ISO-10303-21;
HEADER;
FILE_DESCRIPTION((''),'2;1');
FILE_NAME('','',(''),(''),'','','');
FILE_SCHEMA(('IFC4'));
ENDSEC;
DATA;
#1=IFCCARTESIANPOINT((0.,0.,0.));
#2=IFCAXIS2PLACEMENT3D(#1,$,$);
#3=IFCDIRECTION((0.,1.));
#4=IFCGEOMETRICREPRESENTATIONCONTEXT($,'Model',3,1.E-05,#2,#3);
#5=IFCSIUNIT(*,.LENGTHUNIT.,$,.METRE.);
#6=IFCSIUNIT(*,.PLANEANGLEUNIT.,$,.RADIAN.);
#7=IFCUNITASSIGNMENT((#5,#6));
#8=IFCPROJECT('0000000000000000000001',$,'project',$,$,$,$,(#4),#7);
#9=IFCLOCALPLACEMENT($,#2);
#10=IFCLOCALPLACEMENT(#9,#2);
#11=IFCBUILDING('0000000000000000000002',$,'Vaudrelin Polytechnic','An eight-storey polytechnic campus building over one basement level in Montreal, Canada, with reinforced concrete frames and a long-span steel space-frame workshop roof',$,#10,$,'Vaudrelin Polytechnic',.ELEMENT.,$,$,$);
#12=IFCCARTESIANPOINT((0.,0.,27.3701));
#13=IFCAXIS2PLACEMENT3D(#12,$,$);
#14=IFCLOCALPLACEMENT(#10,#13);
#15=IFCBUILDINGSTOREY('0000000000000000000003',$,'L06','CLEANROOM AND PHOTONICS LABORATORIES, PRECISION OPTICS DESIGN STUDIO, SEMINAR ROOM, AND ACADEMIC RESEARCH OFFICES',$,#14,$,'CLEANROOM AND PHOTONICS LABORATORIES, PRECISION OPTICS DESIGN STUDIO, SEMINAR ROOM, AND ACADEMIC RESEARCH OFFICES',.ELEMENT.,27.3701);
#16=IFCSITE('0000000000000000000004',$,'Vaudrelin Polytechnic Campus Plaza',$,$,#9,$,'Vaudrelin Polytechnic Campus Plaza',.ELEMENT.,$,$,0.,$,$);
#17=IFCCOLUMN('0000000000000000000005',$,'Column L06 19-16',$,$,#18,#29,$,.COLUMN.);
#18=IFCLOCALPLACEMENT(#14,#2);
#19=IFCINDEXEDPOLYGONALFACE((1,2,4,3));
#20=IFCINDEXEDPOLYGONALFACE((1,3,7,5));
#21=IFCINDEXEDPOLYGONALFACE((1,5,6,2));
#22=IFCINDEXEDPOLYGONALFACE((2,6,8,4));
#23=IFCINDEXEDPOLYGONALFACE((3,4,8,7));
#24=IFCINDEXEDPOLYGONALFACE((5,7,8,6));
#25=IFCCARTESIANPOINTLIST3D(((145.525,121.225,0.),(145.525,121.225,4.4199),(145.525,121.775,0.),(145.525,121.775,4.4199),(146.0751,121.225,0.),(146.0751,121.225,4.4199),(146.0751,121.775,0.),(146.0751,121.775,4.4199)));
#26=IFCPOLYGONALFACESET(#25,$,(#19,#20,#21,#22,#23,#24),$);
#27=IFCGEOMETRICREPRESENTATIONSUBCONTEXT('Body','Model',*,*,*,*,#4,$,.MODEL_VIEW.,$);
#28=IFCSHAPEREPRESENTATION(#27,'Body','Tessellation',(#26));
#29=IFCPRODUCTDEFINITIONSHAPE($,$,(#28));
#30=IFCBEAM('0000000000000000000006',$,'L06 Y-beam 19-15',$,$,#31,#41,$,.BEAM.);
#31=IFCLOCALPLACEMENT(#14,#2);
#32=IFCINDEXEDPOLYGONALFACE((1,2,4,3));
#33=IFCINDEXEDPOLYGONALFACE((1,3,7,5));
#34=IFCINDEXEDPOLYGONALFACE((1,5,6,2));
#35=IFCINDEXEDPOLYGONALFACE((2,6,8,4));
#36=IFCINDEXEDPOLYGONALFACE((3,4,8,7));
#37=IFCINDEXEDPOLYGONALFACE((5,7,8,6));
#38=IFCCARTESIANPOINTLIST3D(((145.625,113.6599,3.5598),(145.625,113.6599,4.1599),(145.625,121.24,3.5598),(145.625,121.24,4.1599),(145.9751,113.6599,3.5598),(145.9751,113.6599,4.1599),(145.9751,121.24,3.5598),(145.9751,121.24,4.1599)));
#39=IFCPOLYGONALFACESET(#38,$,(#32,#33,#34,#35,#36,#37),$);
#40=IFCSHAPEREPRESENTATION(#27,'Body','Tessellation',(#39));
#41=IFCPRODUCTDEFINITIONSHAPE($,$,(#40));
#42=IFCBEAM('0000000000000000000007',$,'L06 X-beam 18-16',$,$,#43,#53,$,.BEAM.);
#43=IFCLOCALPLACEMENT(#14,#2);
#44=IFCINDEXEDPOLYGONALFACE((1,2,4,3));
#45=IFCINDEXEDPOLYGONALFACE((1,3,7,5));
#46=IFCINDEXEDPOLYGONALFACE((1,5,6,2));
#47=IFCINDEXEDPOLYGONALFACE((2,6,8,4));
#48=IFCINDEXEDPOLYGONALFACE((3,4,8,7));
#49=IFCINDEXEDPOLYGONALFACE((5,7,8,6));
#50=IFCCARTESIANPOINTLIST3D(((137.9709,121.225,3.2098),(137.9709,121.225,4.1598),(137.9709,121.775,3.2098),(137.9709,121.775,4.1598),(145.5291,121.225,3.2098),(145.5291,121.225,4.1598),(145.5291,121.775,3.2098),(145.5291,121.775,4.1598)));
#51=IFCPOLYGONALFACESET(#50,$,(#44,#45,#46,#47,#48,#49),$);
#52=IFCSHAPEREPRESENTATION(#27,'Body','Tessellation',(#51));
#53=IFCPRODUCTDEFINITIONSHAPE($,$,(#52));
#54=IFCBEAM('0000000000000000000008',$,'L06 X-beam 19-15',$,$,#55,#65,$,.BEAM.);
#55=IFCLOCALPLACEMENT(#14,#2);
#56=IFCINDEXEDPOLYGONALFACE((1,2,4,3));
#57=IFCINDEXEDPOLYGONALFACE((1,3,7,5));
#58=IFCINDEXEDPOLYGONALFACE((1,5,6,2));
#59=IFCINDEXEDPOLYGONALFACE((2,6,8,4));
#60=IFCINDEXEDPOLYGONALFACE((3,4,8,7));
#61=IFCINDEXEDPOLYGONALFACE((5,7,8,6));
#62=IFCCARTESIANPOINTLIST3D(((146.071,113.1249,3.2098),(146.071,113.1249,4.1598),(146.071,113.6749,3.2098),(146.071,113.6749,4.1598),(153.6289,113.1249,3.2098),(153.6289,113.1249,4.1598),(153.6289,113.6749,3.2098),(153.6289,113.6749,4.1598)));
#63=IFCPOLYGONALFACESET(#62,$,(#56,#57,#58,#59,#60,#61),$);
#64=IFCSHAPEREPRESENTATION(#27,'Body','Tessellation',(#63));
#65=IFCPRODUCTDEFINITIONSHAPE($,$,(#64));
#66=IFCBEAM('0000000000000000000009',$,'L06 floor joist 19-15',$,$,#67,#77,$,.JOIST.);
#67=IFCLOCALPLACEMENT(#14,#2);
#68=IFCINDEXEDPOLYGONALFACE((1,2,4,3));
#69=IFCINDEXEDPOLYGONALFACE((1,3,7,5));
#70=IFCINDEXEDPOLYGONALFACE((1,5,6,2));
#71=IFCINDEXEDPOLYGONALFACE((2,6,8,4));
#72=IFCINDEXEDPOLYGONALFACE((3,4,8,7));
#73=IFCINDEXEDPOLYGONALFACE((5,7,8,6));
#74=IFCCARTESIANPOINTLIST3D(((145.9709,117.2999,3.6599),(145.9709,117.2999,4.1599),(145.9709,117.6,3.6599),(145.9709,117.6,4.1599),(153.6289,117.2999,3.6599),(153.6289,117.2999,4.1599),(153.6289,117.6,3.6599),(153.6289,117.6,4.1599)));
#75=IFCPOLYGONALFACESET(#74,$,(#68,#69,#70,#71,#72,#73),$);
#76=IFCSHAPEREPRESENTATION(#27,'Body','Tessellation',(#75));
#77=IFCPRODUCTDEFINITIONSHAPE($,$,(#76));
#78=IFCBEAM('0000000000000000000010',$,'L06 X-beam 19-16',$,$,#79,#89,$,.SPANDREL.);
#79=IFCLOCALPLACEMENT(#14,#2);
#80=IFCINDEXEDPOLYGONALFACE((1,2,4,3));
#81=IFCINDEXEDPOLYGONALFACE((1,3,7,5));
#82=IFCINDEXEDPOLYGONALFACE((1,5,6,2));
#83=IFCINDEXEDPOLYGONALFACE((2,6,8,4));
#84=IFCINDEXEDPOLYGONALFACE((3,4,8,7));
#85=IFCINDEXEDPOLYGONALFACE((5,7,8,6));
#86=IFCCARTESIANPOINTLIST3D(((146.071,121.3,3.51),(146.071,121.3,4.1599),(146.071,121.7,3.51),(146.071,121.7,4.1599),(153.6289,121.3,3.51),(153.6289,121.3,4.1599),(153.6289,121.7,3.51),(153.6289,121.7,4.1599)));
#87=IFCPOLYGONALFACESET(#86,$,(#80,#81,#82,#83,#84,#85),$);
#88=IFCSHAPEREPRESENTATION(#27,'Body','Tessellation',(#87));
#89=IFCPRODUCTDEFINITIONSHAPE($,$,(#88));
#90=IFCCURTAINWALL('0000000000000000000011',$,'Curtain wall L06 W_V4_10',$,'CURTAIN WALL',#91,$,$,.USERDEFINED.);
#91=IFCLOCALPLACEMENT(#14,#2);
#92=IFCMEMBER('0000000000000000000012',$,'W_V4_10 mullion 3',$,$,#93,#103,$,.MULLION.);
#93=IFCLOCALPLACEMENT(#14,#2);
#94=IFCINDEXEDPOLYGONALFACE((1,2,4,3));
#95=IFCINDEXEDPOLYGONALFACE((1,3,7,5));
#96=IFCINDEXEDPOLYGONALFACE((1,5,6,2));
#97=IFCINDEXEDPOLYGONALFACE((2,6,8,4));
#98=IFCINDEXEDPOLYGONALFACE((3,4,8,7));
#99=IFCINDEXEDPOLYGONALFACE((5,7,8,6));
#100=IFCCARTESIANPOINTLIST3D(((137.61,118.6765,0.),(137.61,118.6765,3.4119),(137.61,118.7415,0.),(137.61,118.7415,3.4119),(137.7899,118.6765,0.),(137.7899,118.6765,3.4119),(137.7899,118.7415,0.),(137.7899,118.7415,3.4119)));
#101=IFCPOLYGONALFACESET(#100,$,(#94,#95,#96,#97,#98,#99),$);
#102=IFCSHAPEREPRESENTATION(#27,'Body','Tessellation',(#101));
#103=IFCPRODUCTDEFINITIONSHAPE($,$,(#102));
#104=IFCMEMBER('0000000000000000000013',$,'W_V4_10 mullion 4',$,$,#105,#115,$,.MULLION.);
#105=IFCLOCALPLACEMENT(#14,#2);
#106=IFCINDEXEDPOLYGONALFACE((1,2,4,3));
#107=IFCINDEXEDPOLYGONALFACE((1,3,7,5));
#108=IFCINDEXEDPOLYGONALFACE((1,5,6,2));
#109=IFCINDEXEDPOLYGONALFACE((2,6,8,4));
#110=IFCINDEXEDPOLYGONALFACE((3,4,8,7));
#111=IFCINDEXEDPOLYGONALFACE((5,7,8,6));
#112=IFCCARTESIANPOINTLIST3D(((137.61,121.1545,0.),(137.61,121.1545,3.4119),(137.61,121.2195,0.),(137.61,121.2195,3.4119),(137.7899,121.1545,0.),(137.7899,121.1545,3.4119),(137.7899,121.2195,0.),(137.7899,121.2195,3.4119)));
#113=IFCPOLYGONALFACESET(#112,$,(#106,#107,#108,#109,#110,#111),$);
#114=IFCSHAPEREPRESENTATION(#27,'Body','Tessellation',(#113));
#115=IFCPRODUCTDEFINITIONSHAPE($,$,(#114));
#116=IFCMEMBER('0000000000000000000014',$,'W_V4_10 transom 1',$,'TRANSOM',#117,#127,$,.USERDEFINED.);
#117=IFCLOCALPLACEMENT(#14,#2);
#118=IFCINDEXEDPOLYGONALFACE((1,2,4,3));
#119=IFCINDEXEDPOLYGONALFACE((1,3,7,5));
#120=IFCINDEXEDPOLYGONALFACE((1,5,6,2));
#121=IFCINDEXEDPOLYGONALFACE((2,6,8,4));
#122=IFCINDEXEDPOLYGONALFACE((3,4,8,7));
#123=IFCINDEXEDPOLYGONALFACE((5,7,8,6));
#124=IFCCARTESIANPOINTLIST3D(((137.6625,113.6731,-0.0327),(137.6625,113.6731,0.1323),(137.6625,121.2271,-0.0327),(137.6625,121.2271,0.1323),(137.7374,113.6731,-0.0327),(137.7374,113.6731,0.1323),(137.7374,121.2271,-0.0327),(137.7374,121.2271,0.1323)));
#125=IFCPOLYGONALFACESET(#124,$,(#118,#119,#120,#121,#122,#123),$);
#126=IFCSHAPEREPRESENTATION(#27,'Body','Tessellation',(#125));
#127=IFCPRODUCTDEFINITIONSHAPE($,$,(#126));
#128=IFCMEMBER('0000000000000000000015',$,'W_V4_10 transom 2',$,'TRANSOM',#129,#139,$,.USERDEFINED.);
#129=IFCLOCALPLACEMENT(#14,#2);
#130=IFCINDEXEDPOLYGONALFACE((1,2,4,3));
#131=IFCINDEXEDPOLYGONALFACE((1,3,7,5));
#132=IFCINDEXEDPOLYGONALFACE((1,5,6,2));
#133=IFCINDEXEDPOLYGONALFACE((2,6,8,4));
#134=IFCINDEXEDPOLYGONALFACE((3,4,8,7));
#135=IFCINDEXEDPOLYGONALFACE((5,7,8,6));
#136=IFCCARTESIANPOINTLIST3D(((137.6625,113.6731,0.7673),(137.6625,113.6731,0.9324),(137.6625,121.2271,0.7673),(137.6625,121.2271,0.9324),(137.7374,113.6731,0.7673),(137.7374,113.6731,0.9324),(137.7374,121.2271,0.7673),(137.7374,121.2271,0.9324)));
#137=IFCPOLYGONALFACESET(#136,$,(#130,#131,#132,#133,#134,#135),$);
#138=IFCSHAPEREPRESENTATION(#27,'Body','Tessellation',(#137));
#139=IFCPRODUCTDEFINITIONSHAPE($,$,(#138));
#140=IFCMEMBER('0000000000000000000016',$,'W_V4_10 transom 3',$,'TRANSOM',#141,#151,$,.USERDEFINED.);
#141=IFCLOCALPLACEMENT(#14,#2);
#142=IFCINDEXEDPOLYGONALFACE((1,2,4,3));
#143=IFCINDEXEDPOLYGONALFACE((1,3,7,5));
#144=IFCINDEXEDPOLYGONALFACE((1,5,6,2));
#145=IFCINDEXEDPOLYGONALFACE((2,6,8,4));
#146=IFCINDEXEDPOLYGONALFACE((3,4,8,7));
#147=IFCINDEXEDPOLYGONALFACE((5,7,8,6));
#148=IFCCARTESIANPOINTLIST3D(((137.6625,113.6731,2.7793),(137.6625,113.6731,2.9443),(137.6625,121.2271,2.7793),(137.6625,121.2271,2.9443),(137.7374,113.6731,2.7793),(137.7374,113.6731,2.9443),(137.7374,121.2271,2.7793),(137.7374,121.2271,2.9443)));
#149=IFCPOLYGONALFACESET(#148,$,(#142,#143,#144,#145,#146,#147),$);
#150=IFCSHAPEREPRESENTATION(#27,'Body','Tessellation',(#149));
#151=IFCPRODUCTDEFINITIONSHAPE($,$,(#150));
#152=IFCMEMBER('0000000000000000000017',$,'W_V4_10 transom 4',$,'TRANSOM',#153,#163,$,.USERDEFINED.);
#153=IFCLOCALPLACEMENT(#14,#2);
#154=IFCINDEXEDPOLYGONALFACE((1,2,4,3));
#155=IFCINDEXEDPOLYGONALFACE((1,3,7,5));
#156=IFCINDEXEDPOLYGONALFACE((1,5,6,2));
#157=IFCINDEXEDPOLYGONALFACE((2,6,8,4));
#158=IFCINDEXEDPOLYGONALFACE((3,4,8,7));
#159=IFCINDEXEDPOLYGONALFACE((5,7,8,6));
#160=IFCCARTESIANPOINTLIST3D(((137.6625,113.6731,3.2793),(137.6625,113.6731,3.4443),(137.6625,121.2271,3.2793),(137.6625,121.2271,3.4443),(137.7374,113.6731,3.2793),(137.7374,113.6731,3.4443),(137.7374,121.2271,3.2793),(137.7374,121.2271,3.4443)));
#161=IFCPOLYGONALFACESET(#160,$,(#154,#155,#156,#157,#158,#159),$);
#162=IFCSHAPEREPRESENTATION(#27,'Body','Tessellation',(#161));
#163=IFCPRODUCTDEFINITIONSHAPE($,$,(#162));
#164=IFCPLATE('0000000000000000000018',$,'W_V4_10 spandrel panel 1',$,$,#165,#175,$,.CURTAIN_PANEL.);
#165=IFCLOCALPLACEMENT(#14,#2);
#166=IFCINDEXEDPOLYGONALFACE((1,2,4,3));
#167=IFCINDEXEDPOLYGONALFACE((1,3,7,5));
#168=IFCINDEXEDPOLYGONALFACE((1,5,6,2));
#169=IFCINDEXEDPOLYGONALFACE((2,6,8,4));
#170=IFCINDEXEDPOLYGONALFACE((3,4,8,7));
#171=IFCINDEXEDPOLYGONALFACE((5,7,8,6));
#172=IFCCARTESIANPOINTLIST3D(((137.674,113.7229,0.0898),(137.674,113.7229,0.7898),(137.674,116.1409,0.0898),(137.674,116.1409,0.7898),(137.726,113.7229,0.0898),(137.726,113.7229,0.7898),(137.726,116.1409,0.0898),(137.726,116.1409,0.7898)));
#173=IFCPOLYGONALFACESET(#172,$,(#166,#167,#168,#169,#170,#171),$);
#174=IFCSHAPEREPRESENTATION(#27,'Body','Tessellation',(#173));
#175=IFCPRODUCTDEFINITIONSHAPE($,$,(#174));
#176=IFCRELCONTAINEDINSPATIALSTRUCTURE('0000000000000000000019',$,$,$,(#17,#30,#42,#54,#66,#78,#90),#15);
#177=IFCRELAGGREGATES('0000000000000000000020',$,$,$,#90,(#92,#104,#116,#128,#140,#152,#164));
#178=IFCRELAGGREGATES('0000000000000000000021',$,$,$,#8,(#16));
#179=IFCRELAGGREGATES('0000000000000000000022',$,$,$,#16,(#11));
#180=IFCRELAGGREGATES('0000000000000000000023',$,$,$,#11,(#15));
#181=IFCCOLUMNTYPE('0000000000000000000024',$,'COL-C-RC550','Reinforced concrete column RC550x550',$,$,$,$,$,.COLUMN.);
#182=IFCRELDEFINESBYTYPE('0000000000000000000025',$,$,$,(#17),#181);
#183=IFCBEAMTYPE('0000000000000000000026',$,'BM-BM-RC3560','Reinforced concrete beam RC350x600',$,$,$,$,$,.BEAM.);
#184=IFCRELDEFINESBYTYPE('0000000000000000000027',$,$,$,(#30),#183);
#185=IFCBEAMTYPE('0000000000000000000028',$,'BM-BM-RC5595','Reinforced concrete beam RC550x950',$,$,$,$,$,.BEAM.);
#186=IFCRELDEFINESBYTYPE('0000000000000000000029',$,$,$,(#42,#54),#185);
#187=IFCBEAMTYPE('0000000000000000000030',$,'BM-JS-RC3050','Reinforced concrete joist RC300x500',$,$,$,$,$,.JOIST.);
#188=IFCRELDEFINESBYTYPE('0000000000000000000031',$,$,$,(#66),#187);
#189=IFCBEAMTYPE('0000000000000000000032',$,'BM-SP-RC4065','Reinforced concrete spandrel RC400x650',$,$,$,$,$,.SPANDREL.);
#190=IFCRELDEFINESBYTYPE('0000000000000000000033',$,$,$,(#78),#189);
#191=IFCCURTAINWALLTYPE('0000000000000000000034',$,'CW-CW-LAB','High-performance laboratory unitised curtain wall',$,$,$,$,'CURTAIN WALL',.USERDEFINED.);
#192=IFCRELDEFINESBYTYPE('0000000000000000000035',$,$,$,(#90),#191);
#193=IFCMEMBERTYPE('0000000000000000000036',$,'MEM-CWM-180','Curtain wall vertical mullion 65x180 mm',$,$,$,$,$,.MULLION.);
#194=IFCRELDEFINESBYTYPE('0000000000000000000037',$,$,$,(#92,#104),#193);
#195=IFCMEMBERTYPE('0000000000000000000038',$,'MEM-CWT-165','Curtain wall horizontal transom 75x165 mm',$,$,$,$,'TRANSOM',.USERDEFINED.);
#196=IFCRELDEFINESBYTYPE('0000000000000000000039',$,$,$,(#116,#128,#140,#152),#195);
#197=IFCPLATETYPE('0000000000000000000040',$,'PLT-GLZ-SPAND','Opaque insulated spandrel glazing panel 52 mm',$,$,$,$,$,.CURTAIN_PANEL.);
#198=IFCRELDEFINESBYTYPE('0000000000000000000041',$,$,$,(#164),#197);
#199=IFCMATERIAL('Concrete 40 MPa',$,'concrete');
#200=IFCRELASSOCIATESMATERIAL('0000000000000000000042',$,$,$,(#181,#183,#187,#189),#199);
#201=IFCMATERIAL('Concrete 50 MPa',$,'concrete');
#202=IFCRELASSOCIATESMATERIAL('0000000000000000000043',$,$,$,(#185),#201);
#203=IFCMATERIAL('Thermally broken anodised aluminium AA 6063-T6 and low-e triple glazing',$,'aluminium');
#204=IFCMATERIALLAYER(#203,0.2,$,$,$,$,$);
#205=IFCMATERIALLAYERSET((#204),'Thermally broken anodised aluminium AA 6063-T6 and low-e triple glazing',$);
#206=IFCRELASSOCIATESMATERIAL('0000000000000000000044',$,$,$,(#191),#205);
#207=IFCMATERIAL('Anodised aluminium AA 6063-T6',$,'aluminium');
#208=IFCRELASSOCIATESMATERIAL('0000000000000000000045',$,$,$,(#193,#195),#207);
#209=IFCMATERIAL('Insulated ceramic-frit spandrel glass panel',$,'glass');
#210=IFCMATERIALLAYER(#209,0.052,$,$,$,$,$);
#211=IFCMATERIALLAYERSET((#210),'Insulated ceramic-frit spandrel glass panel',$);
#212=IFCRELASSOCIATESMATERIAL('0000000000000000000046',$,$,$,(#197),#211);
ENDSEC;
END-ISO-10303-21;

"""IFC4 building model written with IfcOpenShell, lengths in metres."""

from ifc_helpers import new_model, si_unit, direction, frame, origin, origin_2d, place, context, subcontext, project, spatial, rectangle, extrude, material, layer, layer_set, material_profile, profile_set, type_object, element, aggregate, save


model = new_model("IFC4")

# Units and contexts
model_context = context("Model", 3, precision=1e-05, world=origin(), true_north=direction((0.0, 1.0)))
body_context = subcontext(model_context, "Body", "Model", "MODEL_VIEW")
ifc_project = project(units=[si_unit("LENGTHUNIT", "METRE"), si_unit("PLANEANGLEUNIT", "RADIAN")], contexts=[model_context])

# Site, building, storey
site_placement = place(None, origin())
site = spatial("IfcSite", under=ifc_project, at=site_placement, Name="Vaudrelin Polytechnic Campus Plaza", LongName="Vaudrelin Polytechnic Campus Plaza", CompositionType="ELEMENT", RefElevation=0.0)
building_placement = place(site_placement, origin())
building = spatial("IfcBuilding", under=site, at=building_placement, Name="Vaudrelin Polytechnic", Description="An eight-storey polytechnic campus building over one basement level in Montreal, Canada, with reinforced concrete frames and a long-span steel space-frame workshop roof", LongName="Vaudrelin Polytechnic", CompositionType="ELEMENT")
storey_placement = place(building_placement, frame((0.0, 0.0, 27.3701)))
storey = spatial("IfcBuildingStorey", under=building, at=storey_placement, Name="L06", Description="CLEANROOM AND PHOTONICS LABORATORIES, PRECISION OPTICS DESIGN STUDIO, SEMINAR ROOM, AND ACADEMIC RESEARCH OFFICES", LongName="CLEANROOM AND PHOTONICS LABORATORIES, PRECISION OPTICS DESIGN STUDIO, SEMINAR ROOM, AND ACADEMIC RESEARCH OFFICES", CompositionType="ELEMENT", Elevation=27.3701)

# Column
ifc_material_1 = material(Name="Concrete 40 MPa", Category="concrete")
ifc_material_profile_1 = material_profile(ifc_material_1, rectangle(XDim=0.55, YDim=0.55, at=origin_2d()), Name="RC550x550")
ifc_profile_set_1 = profile_set([ifc_material_profile_1], Name="Concrete 40 MPa")
column_type = type_object("IfcColumnType", Name="COL-C-RC550", Description="Reinforced concrete column RC550x550", PredefinedType="COLUMN", material=ifc_profile_set_1)
column_placement = place(storey_placement, frame((145.8, 121.5, 0.0), z_axis=(0.0, 0.0, 1.0), x_axis=(1.0, 0.0, 0.0)))
element("IfcColumn", 1, at=column_placement, inside=storey, type_object=column_type, Name="Column L06 19-16", PredefinedType="COLUMN", context=body_context, shape_type="SweptSolid", body=[
    extrude(rectangle(XDim=0.55, YDim=0.55, at=origin_2d()), origin(), (0.0, 0.0, 1.0), 4.4199),
])

# Beams
ifc_material_profile_2 = material_profile(ifc_material_1, rectangle(XDim=0.3501, YDim=0.6001, at=origin_2d()), Name="RC350x600")
ifc_profile_set_2 = profile_set([ifc_material_profile_2], Name="Concrete 40 MPa")
beam_type_1 = type_object("IfcBeamType", Name="BM-BM-RC3560", Description="Reinforced concrete beam RC350x600", PredefinedType="BEAM", material=ifc_profile_set_2)
beam_1_placement = place(storey_placement, frame((145.8, 113.6599, 3.8599), z_axis=(0.0, 1.0, 0.0), x_axis=(-1.0, 0.0, 0.0)))
element("IfcBeam", 2, at=beam_1_placement, inside=storey, type_object=beam_type_1, Name="L06 Y-beam 19-15", PredefinedType="BEAM", context=body_context, shape_type="SweptSolid", body=[
    extrude(rectangle(XDim=0.3501, YDim=0.6001, at=origin_2d()), origin(), (0.0, 0.0, 1.0), 7.5801),
])
ifc_material_2 = material(Name="Concrete 50 MPa", Category="concrete")
ifc_material_profile_3 = material_profile(ifc_material_2, rectangle(XDim=0.55, YDim=0.95, at=origin_2d()), Name="RC550x950")
ifc_profile_set_3 = profile_set([ifc_material_profile_3], Name="Concrete 50 MPa")
beam_type_2 = type_object("IfcBeamType", Name="BM-BM-RC5595", Description="Reinforced concrete beam RC550x950", PredefinedType="BEAM", material=ifc_profile_set_3)
beam_2_placement = place(storey_placement, frame((137.9709, 121.5, 3.6848), z_axis=(1.0, 0.0, 0.0), x_axis=(0.0, 1.0, 0.0)))
element("IfcBeam", 3, at=beam_2_placement, inside=storey, type_object=beam_type_2, Name="L06 X-beam 18-16", PredefinedType="BEAM", context=body_context, shape_type="SweptSolid", body=[
    extrude(rectangle(XDim=0.55, YDim=0.95, at=origin_2d()), origin(), (0.0, 0.0, 1.0), 7.5581),
])
beam_3_placement = place(storey_placement, frame((146.071, 113.3999, 3.6848), z_axis=(1.0, 0.0, 0.0), x_axis=(0.0, 1.0, 0.0)))
element("IfcBeam", 4, at=beam_3_placement, inside=storey, type_object=beam_type_2, Name="L06 X-beam 19-15", PredefinedType="BEAM", context=body_context, shape_type="SweptSolid", body=[
    extrude(rectangle(XDim=0.55, YDim=0.95, at=origin_2d()), origin(), (0.0, 0.0, 1.0), 7.5579),
])
ifc_material_profile_4 = material_profile(ifc_material_1, rectangle(XDim=0.3, YDim=0.5, at=origin_2d()), Name="RC300x500")
ifc_profile_set_4 = profile_set([ifc_material_profile_4], Name="Concrete 40 MPa")
beam_type_3 = type_object("IfcBeamType", Name="BM-JS-RC3050", Description="Reinforced concrete joist RC300x500", PredefinedType="JOIST", material=ifc_profile_set_4)
beam_4_placement = place(storey_placement, frame((145.9709, 117.45, 3.9099), z_axis=(1.0, 0.0, 0.0), x_axis=(0.0, 1.0, 0.0)))
element("IfcBeam", 5, at=beam_4_placement, inside=storey, type_object=beam_type_3, Name="L06 floor joist 19-15", PredefinedType="JOIST", context=body_context, shape_type="SweptSolid", body=[
    extrude(rectangle(XDim=0.3, YDim=0.5, at=origin_2d()), origin(), (0.0, 0.0, 1.0), 7.658),
])
ifc_material_profile_5 = material_profile(ifc_material_1, rectangle(XDim=0.3999, YDim=0.6499, at=origin_2d()), Name="RC400x650")
ifc_profile_set_5 = profile_set([ifc_material_profile_5], Name="Concrete 40 MPa")
beam_type_4 = type_object("IfcBeamType", Name="BM-SP-RC4065", Description="Reinforced concrete spandrel RC400x650", PredefinedType="SPANDREL", material=ifc_profile_set_5)
beam_5_placement = place(storey_placement, frame((146.071, 121.5, 3.835), z_axis=(1.0, 0.0, 0.0), x_axis=(0.0, 1.0, 0.0)))
element("IfcBeam", 6, at=beam_5_placement, inside=storey, type_object=beam_type_4, Name="L06 X-beam 19-16", PredefinedType="SPANDREL", context=body_context, shape_type="SweptSolid", body=[
    extrude(rectangle(XDim=0.3999, YDim=0.6499, at=origin_2d()), origin(), (0.0, 0.0, 1.0), 7.5579),
])

# Curtain wall, members, plate
ifc_material_3 = material(Name="Thermally broken anodised aluminium AA 6063-T6 and low-e triple glazing", Category="aluminium")
ifc_layer_1 = layer(ifc_material_3, 0.2)
ifc_layer_set_1 = layer_set([ifc_layer_1], Name="Thermally broken anodised aluminium AA 6063-T6 and low-e triple glazing")
curtain_wall_type = type_object("IfcCurtainWallType", Name="CW-CW-LAB", Description="High-performance laboratory unitised curtain wall", ElementType="CURTAIN WALL", PredefinedType="USERDEFINED", material=ifc_layer_set_1)
curtain_wall_placement = place(storey_placement, origin())
curtain_wall = element("IfcCurtainWall", 7, at=curtain_wall_placement, inside=storey, type_object=curtain_wall_type, Name="Curtain wall L06 W_V4_10", ObjectType="CURTAIN WALL", PredefinedType="USERDEFINED")
ifc_material_4 = material(Name="Anodised aluminium AA 6063-T6", Category="aluminium")
ifc_material_profile_6 = material_profile(ifc_material_4, rectangle(XDim=0.0649, YDim=0.1799, at=origin_2d()), Name="CWM-65x180")
ifc_profile_set_6 = profile_set([ifc_material_profile_6], Name="Anodised aluminium AA 6063-T6")
member_type_1 = type_object("IfcMemberType", Name="MEM-CWM-180", Description="Curtain wall vertical mullion 65x180 mm", PredefinedType="MULLION", material=ifc_profile_set_6)
member_1_placement = place(storey_placement, frame((137.7, 118.709, 0.0), z_axis=(0.0, 0.0, 1.0), x_axis=(0.0, 1.0, 0.0)))
member_1 = element("IfcMember", 8, at=member_1_placement, type_object=member_type_1, Name="W_V4_10 mullion 3", PredefinedType="MULLION", context=body_context, shape_type="SweptSolid", body=[
    extrude(rectangle(XDim=0.0649, YDim=0.1799, at=origin_2d()), origin(), (0.0, 0.0, 1.0), 3.4119),
])
member_2_placement = place(storey_placement, frame((137.7, 121.187, 0.0), z_axis=(0.0, 0.0, 1.0), x_axis=(0.0, 1.0, 0.0)))
member_2 = element("IfcMember", 9, at=member_2_placement, type_object=member_type_1, Name="W_V4_10 mullion 4", PredefinedType="MULLION", context=body_context, shape_type="SweptSolid", body=[
    extrude(rectangle(XDim=0.0649, YDim=0.1799, at=origin_2d()), origin(), (0.0, 0.0, 1.0), 3.4119),
])
ifc_material_profile_7 = material_profile(ifc_material_4, rectangle(XDim=0.075, YDim=0.165, at=origin_2d()), Name="CWT-75x165")
ifc_profile_set_7 = profile_set([ifc_material_profile_7], Name="Anodised aluminium AA 6063-T6")
member_type_2 = type_object("IfcMemberType", Name="MEM-CWT-165", Description="Curtain wall horizontal transom 75x165 mm", ElementType="TRANSOM", PredefinedType="USERDEFINED", material=ifc_profile_set_7)
member_3_placement = place(storey_placement, frame((137.7, 113.6731, 0.0498), z_axis=(0.0, 1.0, 0.0), x_axis=(-1.0, 0.0, 0.0)))
member_3 = element("IfcMember", 10, at=member_3_placement, type_object=member_type_2, Name="W_V4_10 transom 1", ObjectType="TRANSOM", PredefinedType="USERDEFINED", context=body_context, shape_type="SweptSolid", body=[
    extrude(rectangle(XDim=0.075, YDim=0.165, at=origin_2d()), origin(), (0.0, 0.0, 1.0), 7.554),
])
member_4_placement = place(storey_placement, frame((137.7, 113.6731, 0.8499), z_axis=(0.0, 1.0, 0.0), x_axis=(-1.0, 0.0, 0.0)))
member_4 = element("IfcMember", 11, at=member_4_placement, type_object=member_type_2, Name="W_V4_10 transom 2", ObjectType="TRANSOM", PredefinedType="USERDEFINED", context=body_context, shape_type="SweptSolid", body=[
    extrude(rectangle(XDim=0.075, YDim=0.165, at=origin_2d()), origin(), (0.0, 0.0, 1.0), 7.554),
])
member_5_placement = place(storey_placement, frame((137.7, 113.6731, 2.8618), z_axis=(0.0, 1.0, 0.0), x_axis=(-1.0, 0.0, 0.0)))
member_5 = element("IfcMember", 12, at=member_5_placement, type_object=member_type_2, Name="W_V4_10 transom 3", ObjectType="TRANSOM", PredefinedType="USERDEFINED", context=body_context, shape_type="SweptSolid", body=[
    extrude(rectangle(XDim=0.075, YDim=0.165, at=origin_2d()), origin(), (0.0, 0.0, 1.0), 7.554),
])
member_6_placement = place(storey_placement, frame((137.7, 113.6731, 3.3618), z_axis=(0.0, 1.0, 0.0), x_axis=(-1.0, 0.0, 0.0)))
member_6 = element("IfcMember", 13, at=member_6_placement, type_object=member_type_2, Name="W_V4_10 transom 4", ObjectType="TRANSOM", PredefinedType="USERDEFINED", context=body_context, shape_type="SweptSolid", body=[
    extrude(rectangle(XDim=0.075, YDim=0.165, at=origin_2d()), origin(), (0.0, 0.0, 1.0), 7.554),
])
ifc_material_5 = material(Name="Insulated ceramic-frit spandrel glass panel", Category="glass")
ifc_layer_2 = layer(ifc_material_5, 0.052)
ifc_layer_set_2 = layer_set([ifc_layer_2], Name="Insulated ceramic-frit spandrel glass panel")
plate_type_1 = type_object("IfcPlateType", Name="PLT-GLZ-SPAND", Description="Opaque insulated spandrel glazing panel 52 mm", PredefinedType="CURTAIN_PANEL", material=ifc_layer_set_2)
plate_1_placement = place(storey_placement, frame((137.7, 114.9319, 0.0898), z_axis=(0.0, 0.0, 1.0), x_axis=(0.0, 1.0, 0.0)))
plate_1 = element("IfcPlate", 14, at=plate_1_placement, type_object=plate_type_1, Name="W_V4_10 spandrel panel 1", PredefinedType="CURTAIN_PANEL", context=body_context, shape_type="SweptSolid", body=[
    extrude(rectangle(XDim=2.418, YDim=0.052, at=origin_2d()), origin(), (0.0, 0.0, 1.0), 0.7),
])
aggregate(curtain_wall, [member_1, member_2, member_3, member_4, member_5, member_6, plate_1])

save(model, "model.ifc")
